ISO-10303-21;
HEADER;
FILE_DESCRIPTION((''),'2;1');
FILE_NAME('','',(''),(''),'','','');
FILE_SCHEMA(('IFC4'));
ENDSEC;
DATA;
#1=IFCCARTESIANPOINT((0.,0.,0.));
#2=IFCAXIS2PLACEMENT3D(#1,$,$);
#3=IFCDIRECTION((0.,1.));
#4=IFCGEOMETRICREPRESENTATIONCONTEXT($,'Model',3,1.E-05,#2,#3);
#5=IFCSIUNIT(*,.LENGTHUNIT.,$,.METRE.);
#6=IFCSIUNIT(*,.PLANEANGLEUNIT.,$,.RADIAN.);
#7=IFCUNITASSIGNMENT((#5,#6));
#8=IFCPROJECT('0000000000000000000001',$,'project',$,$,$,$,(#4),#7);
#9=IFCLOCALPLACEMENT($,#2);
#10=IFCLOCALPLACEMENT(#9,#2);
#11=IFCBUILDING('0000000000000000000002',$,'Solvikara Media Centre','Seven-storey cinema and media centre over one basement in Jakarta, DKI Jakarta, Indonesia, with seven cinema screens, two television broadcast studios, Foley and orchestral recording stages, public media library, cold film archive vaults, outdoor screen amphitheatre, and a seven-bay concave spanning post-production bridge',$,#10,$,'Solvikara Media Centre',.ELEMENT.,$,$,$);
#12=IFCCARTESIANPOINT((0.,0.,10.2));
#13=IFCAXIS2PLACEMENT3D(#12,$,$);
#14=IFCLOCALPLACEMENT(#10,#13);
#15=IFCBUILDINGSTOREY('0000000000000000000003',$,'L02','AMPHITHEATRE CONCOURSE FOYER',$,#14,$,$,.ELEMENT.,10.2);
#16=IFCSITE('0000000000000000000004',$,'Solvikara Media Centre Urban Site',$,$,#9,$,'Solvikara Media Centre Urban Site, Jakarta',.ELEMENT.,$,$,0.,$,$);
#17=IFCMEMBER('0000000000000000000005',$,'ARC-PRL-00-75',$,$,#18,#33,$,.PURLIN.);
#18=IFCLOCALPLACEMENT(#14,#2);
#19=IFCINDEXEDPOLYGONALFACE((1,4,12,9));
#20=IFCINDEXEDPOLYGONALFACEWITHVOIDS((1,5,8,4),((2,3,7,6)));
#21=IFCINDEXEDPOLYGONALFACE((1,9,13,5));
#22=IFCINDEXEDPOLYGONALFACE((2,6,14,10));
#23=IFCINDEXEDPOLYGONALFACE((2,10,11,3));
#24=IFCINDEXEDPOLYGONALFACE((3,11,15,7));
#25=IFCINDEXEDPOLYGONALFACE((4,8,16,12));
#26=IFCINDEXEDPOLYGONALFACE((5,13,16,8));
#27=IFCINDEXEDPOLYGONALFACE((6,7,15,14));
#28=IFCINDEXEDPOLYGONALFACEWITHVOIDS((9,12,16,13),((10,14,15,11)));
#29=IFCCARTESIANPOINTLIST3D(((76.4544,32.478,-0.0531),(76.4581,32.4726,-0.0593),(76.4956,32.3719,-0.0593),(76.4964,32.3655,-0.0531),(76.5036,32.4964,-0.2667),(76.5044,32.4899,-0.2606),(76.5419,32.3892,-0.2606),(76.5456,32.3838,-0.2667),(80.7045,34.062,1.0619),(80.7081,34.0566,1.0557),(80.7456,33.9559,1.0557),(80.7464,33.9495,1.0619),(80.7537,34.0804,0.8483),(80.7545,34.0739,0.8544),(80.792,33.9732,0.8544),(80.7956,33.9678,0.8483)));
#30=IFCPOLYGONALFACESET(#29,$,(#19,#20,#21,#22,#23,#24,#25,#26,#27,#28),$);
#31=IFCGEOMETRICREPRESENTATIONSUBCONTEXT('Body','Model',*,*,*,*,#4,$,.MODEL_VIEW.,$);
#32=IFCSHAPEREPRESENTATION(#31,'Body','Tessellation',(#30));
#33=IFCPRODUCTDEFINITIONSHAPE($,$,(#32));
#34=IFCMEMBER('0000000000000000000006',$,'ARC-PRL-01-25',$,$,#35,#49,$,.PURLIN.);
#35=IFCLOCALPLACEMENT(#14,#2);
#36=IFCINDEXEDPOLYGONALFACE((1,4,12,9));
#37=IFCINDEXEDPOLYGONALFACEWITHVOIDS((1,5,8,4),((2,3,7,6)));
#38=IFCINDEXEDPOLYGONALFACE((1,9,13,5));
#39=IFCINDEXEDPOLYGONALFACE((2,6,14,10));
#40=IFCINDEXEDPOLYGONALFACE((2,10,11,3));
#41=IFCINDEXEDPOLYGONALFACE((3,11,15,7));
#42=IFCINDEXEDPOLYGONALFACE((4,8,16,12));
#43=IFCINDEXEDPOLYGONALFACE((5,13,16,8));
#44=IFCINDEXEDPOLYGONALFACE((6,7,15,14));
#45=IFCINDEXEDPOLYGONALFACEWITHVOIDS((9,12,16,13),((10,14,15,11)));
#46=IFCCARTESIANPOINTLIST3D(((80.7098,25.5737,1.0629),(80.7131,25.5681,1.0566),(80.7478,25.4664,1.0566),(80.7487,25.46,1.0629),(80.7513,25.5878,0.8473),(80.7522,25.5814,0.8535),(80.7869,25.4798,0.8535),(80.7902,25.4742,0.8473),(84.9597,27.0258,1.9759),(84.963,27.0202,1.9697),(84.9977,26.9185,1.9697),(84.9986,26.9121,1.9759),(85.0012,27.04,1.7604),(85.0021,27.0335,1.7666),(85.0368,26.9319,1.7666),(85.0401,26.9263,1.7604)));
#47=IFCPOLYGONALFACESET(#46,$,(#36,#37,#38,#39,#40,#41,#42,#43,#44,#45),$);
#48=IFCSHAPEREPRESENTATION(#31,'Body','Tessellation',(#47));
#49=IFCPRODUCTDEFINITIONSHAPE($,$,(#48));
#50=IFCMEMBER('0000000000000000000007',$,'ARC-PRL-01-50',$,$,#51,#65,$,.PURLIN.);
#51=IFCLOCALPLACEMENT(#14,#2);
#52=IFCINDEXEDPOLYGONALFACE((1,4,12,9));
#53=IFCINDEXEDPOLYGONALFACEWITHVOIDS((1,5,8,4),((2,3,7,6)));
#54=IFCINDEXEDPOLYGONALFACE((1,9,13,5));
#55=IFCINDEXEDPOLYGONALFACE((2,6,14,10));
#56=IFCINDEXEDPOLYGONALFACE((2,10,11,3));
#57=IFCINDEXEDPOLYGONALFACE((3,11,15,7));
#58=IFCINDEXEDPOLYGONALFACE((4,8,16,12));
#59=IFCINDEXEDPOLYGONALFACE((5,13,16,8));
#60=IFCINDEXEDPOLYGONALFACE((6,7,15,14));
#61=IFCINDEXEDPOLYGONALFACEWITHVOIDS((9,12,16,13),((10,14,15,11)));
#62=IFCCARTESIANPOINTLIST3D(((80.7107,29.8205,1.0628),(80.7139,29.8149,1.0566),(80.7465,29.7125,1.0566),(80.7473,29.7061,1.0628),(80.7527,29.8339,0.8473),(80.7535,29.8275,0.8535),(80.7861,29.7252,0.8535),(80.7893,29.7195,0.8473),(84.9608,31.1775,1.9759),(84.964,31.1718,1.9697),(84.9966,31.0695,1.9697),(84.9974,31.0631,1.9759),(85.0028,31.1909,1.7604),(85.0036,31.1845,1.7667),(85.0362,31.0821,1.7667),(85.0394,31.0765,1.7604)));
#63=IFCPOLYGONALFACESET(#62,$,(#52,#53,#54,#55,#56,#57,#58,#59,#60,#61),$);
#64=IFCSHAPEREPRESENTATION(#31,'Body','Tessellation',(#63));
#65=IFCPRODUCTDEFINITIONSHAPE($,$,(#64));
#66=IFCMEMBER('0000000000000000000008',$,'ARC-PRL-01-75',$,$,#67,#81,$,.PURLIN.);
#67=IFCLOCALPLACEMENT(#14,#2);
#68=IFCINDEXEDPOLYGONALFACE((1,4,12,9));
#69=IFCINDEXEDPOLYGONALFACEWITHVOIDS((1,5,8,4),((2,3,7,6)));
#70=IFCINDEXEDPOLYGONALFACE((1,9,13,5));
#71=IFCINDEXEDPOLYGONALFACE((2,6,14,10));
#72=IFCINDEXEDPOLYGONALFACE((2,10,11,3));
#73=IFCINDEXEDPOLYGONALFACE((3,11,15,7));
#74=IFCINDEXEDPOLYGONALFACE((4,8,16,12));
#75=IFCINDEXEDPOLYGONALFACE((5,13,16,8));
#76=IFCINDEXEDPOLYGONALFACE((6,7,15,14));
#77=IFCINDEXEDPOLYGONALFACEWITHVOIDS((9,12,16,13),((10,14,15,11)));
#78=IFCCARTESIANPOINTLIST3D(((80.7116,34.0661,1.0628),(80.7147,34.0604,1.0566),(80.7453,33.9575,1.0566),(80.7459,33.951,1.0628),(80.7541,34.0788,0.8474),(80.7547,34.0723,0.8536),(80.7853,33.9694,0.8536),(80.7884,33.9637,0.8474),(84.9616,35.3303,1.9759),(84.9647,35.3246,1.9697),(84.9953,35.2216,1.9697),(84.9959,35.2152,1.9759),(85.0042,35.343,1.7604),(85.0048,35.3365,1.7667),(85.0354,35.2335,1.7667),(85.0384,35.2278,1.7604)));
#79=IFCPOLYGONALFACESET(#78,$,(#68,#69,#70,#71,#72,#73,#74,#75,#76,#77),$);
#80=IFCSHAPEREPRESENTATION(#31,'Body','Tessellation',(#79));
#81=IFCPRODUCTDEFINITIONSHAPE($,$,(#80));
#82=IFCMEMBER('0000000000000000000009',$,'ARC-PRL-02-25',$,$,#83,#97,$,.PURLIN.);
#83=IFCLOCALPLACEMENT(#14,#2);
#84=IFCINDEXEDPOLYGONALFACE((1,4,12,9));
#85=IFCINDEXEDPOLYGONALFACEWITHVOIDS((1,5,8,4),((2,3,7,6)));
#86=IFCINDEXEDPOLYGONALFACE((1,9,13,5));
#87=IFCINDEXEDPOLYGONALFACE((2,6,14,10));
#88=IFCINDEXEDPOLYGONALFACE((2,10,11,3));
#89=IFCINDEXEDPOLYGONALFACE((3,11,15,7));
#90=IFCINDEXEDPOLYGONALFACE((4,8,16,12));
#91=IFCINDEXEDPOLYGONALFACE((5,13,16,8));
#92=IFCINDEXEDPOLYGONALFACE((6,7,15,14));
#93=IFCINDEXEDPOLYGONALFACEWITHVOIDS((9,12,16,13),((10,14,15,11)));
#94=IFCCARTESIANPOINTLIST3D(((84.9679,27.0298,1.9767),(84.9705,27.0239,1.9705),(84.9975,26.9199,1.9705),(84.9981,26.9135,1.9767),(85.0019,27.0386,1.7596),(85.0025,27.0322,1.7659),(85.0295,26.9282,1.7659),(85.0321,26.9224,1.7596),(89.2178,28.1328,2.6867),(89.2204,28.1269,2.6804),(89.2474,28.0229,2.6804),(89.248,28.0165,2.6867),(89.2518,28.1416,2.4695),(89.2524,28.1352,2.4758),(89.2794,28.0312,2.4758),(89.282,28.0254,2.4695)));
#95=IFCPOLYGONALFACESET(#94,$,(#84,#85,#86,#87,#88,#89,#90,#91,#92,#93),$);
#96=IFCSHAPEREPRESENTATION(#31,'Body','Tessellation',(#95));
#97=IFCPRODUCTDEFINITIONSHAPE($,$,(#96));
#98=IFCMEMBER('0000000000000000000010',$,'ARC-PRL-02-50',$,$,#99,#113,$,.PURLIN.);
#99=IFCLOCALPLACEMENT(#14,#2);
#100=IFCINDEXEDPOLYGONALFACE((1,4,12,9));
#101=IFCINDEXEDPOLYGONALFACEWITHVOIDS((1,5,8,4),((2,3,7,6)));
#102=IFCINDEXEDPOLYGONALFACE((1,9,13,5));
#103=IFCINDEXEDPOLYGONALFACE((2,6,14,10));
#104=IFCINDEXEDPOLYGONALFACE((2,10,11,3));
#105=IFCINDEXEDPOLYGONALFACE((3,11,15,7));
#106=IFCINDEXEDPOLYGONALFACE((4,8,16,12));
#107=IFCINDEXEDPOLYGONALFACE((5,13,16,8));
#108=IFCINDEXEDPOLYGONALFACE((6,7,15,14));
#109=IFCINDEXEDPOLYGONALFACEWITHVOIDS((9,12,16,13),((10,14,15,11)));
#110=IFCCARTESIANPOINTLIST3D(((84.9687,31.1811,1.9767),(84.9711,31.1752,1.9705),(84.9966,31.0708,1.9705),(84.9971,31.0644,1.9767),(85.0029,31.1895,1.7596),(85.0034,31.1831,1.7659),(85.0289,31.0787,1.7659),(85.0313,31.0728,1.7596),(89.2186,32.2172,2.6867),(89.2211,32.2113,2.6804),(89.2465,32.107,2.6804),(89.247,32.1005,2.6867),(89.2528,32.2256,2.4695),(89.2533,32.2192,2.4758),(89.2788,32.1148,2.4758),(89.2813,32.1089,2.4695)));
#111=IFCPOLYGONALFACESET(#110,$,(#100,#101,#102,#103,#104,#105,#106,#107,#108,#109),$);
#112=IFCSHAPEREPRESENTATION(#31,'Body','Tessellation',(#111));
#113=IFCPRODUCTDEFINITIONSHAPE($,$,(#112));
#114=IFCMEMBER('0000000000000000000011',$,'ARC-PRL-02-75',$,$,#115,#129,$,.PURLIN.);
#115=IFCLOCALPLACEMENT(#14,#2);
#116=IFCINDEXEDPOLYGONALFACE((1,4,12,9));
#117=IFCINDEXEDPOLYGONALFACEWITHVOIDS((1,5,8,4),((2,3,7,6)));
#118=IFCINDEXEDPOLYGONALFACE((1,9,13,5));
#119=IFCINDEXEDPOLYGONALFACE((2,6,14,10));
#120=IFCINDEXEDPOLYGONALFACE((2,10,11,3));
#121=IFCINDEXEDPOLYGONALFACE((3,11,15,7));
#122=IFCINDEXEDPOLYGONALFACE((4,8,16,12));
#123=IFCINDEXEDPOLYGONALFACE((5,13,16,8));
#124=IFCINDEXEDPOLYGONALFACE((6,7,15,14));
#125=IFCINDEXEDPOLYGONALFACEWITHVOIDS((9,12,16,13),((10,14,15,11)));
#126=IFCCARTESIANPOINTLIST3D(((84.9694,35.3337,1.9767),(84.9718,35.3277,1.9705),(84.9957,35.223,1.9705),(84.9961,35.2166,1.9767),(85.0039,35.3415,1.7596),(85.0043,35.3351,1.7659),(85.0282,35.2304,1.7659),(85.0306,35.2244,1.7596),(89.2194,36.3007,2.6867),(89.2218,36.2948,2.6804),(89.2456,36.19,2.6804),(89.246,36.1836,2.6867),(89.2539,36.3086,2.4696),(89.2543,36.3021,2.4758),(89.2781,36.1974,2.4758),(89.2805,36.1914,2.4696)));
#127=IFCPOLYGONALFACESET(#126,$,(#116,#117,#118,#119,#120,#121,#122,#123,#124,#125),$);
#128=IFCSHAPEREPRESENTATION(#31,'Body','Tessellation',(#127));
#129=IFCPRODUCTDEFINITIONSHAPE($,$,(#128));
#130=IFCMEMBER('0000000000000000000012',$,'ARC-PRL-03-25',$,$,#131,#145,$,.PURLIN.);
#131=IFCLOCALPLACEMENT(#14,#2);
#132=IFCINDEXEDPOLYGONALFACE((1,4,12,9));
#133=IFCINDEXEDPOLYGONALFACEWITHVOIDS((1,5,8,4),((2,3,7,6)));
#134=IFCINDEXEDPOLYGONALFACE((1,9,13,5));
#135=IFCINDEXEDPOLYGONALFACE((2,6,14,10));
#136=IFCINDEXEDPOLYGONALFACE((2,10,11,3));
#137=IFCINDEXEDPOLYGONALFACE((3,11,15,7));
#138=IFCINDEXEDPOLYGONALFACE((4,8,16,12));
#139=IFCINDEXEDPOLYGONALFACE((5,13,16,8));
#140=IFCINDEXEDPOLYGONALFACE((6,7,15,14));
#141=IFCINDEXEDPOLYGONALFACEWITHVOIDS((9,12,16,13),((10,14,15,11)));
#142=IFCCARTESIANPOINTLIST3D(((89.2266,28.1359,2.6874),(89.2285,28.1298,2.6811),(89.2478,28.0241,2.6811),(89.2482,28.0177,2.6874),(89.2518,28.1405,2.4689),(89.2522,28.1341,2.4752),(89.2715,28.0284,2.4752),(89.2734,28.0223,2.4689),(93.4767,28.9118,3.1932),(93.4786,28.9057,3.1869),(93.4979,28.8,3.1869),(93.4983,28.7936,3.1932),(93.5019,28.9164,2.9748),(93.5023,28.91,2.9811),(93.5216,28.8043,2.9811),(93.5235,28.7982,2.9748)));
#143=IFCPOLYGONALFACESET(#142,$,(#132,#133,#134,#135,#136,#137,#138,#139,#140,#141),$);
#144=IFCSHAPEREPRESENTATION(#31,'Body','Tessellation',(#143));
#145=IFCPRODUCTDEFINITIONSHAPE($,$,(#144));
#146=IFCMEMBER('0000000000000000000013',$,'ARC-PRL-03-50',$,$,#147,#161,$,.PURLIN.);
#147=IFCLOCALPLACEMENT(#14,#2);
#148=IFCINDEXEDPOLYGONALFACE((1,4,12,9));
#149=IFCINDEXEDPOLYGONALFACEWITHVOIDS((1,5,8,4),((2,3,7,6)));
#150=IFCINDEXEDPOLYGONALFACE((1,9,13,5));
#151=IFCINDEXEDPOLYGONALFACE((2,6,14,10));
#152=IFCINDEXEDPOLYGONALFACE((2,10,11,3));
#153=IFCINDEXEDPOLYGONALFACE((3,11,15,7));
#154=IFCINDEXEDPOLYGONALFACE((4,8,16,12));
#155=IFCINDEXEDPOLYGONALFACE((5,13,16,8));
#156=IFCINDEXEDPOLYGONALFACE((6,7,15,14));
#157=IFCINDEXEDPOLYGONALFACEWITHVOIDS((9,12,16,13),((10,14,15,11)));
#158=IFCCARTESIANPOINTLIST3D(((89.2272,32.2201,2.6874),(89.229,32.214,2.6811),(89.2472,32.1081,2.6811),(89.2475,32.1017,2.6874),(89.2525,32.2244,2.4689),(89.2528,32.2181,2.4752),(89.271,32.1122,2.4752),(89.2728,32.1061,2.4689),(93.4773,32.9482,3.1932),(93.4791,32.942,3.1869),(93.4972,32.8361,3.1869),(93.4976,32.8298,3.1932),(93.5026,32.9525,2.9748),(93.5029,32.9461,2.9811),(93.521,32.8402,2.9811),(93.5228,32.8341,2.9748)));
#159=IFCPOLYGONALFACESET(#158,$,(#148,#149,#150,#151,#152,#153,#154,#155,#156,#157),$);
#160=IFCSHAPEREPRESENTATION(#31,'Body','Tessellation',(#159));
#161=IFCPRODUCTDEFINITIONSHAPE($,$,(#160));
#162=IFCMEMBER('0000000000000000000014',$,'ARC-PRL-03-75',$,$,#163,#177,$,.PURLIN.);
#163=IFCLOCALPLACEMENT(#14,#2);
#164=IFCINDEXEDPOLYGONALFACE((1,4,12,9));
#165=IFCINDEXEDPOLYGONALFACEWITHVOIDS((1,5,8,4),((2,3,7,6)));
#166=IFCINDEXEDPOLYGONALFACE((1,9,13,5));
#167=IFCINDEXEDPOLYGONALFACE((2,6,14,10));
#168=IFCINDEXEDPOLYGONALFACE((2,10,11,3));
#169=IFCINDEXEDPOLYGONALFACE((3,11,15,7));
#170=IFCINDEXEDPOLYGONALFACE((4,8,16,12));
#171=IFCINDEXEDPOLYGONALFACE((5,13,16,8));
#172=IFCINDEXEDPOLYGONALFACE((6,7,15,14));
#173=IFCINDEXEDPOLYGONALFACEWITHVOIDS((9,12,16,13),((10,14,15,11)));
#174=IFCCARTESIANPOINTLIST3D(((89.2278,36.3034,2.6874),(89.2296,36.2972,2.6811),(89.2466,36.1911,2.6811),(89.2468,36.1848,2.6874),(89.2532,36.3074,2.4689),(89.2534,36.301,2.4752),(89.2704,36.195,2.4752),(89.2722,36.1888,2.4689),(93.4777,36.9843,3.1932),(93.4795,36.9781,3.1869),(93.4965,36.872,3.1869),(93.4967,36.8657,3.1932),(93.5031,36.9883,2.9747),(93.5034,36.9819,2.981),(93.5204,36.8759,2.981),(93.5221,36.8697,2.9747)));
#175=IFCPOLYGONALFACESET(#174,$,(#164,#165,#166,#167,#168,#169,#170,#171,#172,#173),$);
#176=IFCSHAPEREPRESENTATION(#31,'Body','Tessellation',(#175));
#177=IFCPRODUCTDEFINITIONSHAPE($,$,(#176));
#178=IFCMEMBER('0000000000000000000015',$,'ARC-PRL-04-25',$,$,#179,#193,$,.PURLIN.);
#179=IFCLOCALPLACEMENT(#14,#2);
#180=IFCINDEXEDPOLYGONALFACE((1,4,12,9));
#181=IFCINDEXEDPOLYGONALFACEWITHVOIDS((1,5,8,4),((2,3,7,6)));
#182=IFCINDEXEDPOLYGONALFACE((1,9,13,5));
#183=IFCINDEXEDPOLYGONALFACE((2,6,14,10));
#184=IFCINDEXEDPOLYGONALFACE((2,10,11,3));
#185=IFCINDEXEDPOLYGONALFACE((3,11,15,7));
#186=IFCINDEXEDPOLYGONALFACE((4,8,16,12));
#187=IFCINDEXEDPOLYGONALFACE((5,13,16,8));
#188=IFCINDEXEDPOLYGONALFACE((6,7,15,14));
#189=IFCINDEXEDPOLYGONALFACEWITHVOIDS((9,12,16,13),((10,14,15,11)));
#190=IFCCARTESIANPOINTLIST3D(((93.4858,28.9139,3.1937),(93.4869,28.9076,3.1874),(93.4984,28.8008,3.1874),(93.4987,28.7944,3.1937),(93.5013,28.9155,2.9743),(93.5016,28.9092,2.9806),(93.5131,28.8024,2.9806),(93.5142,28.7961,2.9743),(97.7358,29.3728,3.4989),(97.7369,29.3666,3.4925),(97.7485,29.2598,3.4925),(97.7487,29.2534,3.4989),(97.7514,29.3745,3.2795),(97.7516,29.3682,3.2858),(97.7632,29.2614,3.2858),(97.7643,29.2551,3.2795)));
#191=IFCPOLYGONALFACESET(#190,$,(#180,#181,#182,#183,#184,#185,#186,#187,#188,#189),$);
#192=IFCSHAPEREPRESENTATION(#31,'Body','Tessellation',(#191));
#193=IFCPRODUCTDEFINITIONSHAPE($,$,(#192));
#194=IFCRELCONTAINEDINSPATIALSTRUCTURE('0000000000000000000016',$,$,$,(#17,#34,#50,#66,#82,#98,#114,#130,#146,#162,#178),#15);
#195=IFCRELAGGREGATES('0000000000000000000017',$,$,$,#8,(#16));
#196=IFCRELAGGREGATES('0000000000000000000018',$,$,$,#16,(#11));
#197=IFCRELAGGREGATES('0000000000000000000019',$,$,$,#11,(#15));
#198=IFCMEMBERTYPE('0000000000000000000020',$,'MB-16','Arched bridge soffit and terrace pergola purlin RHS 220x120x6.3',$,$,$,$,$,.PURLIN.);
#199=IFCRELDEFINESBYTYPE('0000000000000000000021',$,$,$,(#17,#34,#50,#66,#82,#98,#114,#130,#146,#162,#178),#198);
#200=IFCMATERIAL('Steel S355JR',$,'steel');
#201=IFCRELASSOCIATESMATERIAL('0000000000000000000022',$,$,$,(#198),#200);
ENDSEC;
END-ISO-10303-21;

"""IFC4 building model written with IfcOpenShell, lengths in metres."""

from ifc_helpers import new_model, si_unit, direction, frame, origin, origin_2d, place, context, subcontext, project, spatial, hollow_rectangle, extrude, material, material_profile, profile_set, type_object, element, save


model = new_model("IFC4")

# Units and contexts
model_context = context("Model", 3, precision=1e-05, world=origin(), true_north=direction((0.0, 1.0)))
body_context = subcontext(model_context, "Body", "Model", "MODEL_VIEW")
ifc_project = project(units=[si_unit("LENGTHUNIT", "METRE"), si_unit("PLANEANGLEUNIT", "RADIAN")], contexts=[model_context])

# Site, building, storey
site_placement = place(None, origin())
site = spatial("IfcSite", under=ifc_project, at=site_placement, Name="Solvikara Media Centre Urban Site", LongName="Solvikara Media Centre Urban Site, Jakarta", CompositionType="ELEMENT", RefElevation=0.0)
building_placement = place(site_placement, origin())
building = spatial("IfcBuilding", under=site, at=building_placement, Name="Solvikara Media Centre", Description="Seven-storey cinema and media centre over one basement in Jakarta, DKI Jakarta, Indonesia, with seven cinema screens, two television broadcast studios, Foley and orchestral recording stages, public media library, cold film archive vaults, outdoor screen amphitheatre, and a seven-bay concave spanning post-production bridge", LongName="Solvikara Media Centre", CompositionType="ELEMENT")
storey_placement = place(building_placement, frame((0.0, 0.0, 10.2)))
storey = spatial("IfcBuildingStorey", under=building, at=storey_placement, Name="L02", Description="AMPHITHEATRE CONCOURSE FOYER", CompositionType="ELEMENT", Elevation=10.2)

# Members
ifc_material_1 = material(Name="Steel S355JR", Category="steel")
ifc_material_profile_1 = material_profile(ifc_material_1, hollow_rectangle(XDim=0.1201, YDim=0.22, WallThickness=0.0063, at=origin_2d()), Name="RHS 220x120x6.3")
ifc_profile_set_1 = profile_set([ifc_material_profile_1], Name="Steel S355JR")
member_type_1 = type_object("IfcMemberType", Name="MB-16", Description="Arched bridge soffit and terrace pergola purlin RHS 220x120x6.3", PredefinedType="PURLIN", material=ifc_profile_set_1)
member_1_placement = place(storey_placement, frame((76.5, 32.4309, -0.1599), z_axis=(0.909943, 0.339138, 0.238724), x_axis=(-0.349235, 0.937035, 0.0)))
element("IfcMember", 1, at=member_1_placement, inside=storey, type_object=member_type_1, Name="ARC-PRL-00-75", PredefinedType="PURLIN", context=body_context, shape_type="SweptSolid", body=[
    extrude(hollow_rectangle(XDim=0.1201, YDim=0.22, WallThickness=0.0063, at=origin_2d()), origin(), (0.0, 0.0, 1.0), 4.6707),
])
member_2_placement = place(storey_placement, frame((80.75, 25.5239, 0.9551), z_axis=(0.927317, 0.316847, 0.199228), x_axis=(-0.323329, 0.946287, 0.0)))
element("IfcMember", 2, at=member_2_placement, inside=storey, type_object=member_type_1, Name="ARC-PRL-01-25", PredefinedType="PURLIN", context=body_context, shape_type="SweptSolid", body=[
    extrude(hollow_rectangle(XDim=0.1201, YDim=0.22, WallThickness=0.0063, at=origin_2d()), origin(), (0.0, 0.0, 1.0), 4.583),
])
member_3_placement = place(storey_placement, frame((80.75, 29.77, 0.9551), z_axis=(0.933277, 0.297975, 0.200509), x_axis=(-0.304152, 0.952623, 0.0)))
element("IfcMember", 3, at=member_3_placement, inside=storey, type_object=member_type_1, Name="ARC-PRL-01-50", PredefinedType="PURLIN", context=body_context, shape_type="SweptSolid", body=[
    extrude(hollow_rectangle(XDim=0.1201, YDim=0.22, WallThickness=0.0063, at=origin_2d()), origin(), (0.0, 0.0, 1.0), 4.554),
])
member_4_placement = place(storey_placement, frame((80.75, 34.0149, 0.9551), z_axis=(0.938798, 0.279245, 0.201695), x_axis=(-0.285104, 0.958497, 0.0)))
element("IfcMember", 4, at=member_4_placement, inside=storey, type_object=member_type_1, Name="ARC-PRL-01-75", PredefinedType="PURLIN", context=body_context, shape_type="SweptSolid", body=[
    extrude(hollow_rectangle(XDim=0.1201, YDim=0.22, WallThickness=0.0063, at=origin_2d()), origin(), (0.0, 0.0, 1.0), 4.5271),
])
member_5_placement = place(storey_placement, frame((85.0, 26.9761, 1.8682), z_axis=(0.955522, 0.247992, 0.15962), x_axis=(-0.251213, 0.967932, 0.0)))
element("IfcMember", 5, at=member_5_placement, inside=storey, type_object=member_type_1, Name="ARC-PRL-02-25", PredefinedType="PURLIN", context=body_context, shape_type="SweptSolid", body=[
    extrude(hollow_rectangle(XDim=0.1201, YDim=0.22, WallThickness=0.0063, at=origin_2d()), origin(), (0.0, 0.0, 1.0), 4.4478),
])
member_6_placement = place(storey_placement, frame((85.0, 31.127, 1.8682), z_axis=(0.958996, 0.233799, 0.1602), x_axis=(-0.236859, 0.971544, 0.0)))
element("IfcMember", 6, at=member_6_placement, inside=storey, type_object=member_type_1, Name="ARC-PRL-02-50", PredefinedType="PURLIN", context=body_context, shape_type="SweptSolid", body=[
    extrude(hollow_rectangle(XDim=0.1201, YDim=0.22, WallThickness=0.0063, at=origin_2d()), origin(), (0.0, 0.0, 1.0), 4.4316),
])
member_7_placement = place(storey_placement, frame((85.0, 35.2791, 1.8682), z_axis=(0.962393, 0.218982, 0.160767), x_axis=(-0.221868, 0.975077, 0.0)))
element("IfcMember", 7, at=member_7_placement, inside=storey, type_object=member_type_1, Name="ARC-PRL-02-75", PredefinedType="PURLIN", context=body_context, shape_type="SweptSolid", body=[
    extrude(hollow_rectangle(XDim=0.1201, YDim=0.22, WallThickness=0.0063, at=origin_2d()), origin(), (0.0, 0.0, 1.0), 4.416),
])
member_8_placement = place(storey_placement, frame((89.25, 28.0791, 2.5781), z_axis=(0.977066, 0.178373, 0.116296), x_axis=(-0.179592, 0.983741, 0.0)))
element("IfcMember", 8, at=member_8_placement, inside=storey, type_object=member_type_1, Name="ARC-PRL-03-25", PredefinedType="PURLIN", context=body_context, shape_type="SweptSolid", body=[
    extrude(hollow_rectangle(XDim=0.1201, YDim=0.22, WallThickness=0.0063, at=origin_2d()), origin(), (0.0, 0.0, 1.0), 4.3499),
])
member_9_placement = place(storey_placement, frame((89.25, 32.1631, 2.5781), z_axis=(0.97893, 0.167691, 0.116518), x_axis=(-0.168841, 0.985643, 0.0)))
element("IfcMember", 9, at=member_9_placement, inside=storey, type_object=member_type_1, Name="ARC-PRL-03-50", PredefinedType="PURLIN", context=body_context, shape_type="SweptSolid", body=[
    extrude(hollow_rectangle(XDim=0.1201, YDim=0.22, WallThickness=0.0063, at=origin_2d()), origin(), (0.0, 0.0, 1.0), 4.3416),
])
member_10_placement = place(storey_placement, frame((89.25, 36.2461, 2.5781), z_axis=(0.980658, 0.157115, 0.116724), x_axis=(-0.158196, 0.987408, 0.0)))
element("IfcMember", 10, at=member_10_placement, inside=storey, type_object=member_type_1, Name="ARC-PRL-03-75", PredefinedType="PURLIN", context=body_context, shape_type="SweptSolid", body=[
    extrude(hollow_rectangle(XDim=0.1201, YDim=0.22, WallThickness=0.0063, at=origin_2d()), origin(), (0.0, 0.0, 1.0), 4.3337),
])
member_11_placement = place(storey_placement, frame((93.5, 28.855, 3.084), z_axis=(0.991695, 0.107099, 0.07121), x_axis=(-0.107372, 0.994219, 0.0)))
element("IfcMember", 11, at=member_11_placement, inside=storey, type_object=member_type_1, Name="ARC-PRL-04-25", PredefinedType="PURLIN", context=body_context, shape_type="SweptSolid", body=[
    extrude(hollow_rectangle(XDim=0.1201, YDim=0.22, WallThickness=0.0063, at=origin_2d()), origin(), (0.0, 0.0, 1.0), 4.2856),
])

save(model, "model.ifc")
